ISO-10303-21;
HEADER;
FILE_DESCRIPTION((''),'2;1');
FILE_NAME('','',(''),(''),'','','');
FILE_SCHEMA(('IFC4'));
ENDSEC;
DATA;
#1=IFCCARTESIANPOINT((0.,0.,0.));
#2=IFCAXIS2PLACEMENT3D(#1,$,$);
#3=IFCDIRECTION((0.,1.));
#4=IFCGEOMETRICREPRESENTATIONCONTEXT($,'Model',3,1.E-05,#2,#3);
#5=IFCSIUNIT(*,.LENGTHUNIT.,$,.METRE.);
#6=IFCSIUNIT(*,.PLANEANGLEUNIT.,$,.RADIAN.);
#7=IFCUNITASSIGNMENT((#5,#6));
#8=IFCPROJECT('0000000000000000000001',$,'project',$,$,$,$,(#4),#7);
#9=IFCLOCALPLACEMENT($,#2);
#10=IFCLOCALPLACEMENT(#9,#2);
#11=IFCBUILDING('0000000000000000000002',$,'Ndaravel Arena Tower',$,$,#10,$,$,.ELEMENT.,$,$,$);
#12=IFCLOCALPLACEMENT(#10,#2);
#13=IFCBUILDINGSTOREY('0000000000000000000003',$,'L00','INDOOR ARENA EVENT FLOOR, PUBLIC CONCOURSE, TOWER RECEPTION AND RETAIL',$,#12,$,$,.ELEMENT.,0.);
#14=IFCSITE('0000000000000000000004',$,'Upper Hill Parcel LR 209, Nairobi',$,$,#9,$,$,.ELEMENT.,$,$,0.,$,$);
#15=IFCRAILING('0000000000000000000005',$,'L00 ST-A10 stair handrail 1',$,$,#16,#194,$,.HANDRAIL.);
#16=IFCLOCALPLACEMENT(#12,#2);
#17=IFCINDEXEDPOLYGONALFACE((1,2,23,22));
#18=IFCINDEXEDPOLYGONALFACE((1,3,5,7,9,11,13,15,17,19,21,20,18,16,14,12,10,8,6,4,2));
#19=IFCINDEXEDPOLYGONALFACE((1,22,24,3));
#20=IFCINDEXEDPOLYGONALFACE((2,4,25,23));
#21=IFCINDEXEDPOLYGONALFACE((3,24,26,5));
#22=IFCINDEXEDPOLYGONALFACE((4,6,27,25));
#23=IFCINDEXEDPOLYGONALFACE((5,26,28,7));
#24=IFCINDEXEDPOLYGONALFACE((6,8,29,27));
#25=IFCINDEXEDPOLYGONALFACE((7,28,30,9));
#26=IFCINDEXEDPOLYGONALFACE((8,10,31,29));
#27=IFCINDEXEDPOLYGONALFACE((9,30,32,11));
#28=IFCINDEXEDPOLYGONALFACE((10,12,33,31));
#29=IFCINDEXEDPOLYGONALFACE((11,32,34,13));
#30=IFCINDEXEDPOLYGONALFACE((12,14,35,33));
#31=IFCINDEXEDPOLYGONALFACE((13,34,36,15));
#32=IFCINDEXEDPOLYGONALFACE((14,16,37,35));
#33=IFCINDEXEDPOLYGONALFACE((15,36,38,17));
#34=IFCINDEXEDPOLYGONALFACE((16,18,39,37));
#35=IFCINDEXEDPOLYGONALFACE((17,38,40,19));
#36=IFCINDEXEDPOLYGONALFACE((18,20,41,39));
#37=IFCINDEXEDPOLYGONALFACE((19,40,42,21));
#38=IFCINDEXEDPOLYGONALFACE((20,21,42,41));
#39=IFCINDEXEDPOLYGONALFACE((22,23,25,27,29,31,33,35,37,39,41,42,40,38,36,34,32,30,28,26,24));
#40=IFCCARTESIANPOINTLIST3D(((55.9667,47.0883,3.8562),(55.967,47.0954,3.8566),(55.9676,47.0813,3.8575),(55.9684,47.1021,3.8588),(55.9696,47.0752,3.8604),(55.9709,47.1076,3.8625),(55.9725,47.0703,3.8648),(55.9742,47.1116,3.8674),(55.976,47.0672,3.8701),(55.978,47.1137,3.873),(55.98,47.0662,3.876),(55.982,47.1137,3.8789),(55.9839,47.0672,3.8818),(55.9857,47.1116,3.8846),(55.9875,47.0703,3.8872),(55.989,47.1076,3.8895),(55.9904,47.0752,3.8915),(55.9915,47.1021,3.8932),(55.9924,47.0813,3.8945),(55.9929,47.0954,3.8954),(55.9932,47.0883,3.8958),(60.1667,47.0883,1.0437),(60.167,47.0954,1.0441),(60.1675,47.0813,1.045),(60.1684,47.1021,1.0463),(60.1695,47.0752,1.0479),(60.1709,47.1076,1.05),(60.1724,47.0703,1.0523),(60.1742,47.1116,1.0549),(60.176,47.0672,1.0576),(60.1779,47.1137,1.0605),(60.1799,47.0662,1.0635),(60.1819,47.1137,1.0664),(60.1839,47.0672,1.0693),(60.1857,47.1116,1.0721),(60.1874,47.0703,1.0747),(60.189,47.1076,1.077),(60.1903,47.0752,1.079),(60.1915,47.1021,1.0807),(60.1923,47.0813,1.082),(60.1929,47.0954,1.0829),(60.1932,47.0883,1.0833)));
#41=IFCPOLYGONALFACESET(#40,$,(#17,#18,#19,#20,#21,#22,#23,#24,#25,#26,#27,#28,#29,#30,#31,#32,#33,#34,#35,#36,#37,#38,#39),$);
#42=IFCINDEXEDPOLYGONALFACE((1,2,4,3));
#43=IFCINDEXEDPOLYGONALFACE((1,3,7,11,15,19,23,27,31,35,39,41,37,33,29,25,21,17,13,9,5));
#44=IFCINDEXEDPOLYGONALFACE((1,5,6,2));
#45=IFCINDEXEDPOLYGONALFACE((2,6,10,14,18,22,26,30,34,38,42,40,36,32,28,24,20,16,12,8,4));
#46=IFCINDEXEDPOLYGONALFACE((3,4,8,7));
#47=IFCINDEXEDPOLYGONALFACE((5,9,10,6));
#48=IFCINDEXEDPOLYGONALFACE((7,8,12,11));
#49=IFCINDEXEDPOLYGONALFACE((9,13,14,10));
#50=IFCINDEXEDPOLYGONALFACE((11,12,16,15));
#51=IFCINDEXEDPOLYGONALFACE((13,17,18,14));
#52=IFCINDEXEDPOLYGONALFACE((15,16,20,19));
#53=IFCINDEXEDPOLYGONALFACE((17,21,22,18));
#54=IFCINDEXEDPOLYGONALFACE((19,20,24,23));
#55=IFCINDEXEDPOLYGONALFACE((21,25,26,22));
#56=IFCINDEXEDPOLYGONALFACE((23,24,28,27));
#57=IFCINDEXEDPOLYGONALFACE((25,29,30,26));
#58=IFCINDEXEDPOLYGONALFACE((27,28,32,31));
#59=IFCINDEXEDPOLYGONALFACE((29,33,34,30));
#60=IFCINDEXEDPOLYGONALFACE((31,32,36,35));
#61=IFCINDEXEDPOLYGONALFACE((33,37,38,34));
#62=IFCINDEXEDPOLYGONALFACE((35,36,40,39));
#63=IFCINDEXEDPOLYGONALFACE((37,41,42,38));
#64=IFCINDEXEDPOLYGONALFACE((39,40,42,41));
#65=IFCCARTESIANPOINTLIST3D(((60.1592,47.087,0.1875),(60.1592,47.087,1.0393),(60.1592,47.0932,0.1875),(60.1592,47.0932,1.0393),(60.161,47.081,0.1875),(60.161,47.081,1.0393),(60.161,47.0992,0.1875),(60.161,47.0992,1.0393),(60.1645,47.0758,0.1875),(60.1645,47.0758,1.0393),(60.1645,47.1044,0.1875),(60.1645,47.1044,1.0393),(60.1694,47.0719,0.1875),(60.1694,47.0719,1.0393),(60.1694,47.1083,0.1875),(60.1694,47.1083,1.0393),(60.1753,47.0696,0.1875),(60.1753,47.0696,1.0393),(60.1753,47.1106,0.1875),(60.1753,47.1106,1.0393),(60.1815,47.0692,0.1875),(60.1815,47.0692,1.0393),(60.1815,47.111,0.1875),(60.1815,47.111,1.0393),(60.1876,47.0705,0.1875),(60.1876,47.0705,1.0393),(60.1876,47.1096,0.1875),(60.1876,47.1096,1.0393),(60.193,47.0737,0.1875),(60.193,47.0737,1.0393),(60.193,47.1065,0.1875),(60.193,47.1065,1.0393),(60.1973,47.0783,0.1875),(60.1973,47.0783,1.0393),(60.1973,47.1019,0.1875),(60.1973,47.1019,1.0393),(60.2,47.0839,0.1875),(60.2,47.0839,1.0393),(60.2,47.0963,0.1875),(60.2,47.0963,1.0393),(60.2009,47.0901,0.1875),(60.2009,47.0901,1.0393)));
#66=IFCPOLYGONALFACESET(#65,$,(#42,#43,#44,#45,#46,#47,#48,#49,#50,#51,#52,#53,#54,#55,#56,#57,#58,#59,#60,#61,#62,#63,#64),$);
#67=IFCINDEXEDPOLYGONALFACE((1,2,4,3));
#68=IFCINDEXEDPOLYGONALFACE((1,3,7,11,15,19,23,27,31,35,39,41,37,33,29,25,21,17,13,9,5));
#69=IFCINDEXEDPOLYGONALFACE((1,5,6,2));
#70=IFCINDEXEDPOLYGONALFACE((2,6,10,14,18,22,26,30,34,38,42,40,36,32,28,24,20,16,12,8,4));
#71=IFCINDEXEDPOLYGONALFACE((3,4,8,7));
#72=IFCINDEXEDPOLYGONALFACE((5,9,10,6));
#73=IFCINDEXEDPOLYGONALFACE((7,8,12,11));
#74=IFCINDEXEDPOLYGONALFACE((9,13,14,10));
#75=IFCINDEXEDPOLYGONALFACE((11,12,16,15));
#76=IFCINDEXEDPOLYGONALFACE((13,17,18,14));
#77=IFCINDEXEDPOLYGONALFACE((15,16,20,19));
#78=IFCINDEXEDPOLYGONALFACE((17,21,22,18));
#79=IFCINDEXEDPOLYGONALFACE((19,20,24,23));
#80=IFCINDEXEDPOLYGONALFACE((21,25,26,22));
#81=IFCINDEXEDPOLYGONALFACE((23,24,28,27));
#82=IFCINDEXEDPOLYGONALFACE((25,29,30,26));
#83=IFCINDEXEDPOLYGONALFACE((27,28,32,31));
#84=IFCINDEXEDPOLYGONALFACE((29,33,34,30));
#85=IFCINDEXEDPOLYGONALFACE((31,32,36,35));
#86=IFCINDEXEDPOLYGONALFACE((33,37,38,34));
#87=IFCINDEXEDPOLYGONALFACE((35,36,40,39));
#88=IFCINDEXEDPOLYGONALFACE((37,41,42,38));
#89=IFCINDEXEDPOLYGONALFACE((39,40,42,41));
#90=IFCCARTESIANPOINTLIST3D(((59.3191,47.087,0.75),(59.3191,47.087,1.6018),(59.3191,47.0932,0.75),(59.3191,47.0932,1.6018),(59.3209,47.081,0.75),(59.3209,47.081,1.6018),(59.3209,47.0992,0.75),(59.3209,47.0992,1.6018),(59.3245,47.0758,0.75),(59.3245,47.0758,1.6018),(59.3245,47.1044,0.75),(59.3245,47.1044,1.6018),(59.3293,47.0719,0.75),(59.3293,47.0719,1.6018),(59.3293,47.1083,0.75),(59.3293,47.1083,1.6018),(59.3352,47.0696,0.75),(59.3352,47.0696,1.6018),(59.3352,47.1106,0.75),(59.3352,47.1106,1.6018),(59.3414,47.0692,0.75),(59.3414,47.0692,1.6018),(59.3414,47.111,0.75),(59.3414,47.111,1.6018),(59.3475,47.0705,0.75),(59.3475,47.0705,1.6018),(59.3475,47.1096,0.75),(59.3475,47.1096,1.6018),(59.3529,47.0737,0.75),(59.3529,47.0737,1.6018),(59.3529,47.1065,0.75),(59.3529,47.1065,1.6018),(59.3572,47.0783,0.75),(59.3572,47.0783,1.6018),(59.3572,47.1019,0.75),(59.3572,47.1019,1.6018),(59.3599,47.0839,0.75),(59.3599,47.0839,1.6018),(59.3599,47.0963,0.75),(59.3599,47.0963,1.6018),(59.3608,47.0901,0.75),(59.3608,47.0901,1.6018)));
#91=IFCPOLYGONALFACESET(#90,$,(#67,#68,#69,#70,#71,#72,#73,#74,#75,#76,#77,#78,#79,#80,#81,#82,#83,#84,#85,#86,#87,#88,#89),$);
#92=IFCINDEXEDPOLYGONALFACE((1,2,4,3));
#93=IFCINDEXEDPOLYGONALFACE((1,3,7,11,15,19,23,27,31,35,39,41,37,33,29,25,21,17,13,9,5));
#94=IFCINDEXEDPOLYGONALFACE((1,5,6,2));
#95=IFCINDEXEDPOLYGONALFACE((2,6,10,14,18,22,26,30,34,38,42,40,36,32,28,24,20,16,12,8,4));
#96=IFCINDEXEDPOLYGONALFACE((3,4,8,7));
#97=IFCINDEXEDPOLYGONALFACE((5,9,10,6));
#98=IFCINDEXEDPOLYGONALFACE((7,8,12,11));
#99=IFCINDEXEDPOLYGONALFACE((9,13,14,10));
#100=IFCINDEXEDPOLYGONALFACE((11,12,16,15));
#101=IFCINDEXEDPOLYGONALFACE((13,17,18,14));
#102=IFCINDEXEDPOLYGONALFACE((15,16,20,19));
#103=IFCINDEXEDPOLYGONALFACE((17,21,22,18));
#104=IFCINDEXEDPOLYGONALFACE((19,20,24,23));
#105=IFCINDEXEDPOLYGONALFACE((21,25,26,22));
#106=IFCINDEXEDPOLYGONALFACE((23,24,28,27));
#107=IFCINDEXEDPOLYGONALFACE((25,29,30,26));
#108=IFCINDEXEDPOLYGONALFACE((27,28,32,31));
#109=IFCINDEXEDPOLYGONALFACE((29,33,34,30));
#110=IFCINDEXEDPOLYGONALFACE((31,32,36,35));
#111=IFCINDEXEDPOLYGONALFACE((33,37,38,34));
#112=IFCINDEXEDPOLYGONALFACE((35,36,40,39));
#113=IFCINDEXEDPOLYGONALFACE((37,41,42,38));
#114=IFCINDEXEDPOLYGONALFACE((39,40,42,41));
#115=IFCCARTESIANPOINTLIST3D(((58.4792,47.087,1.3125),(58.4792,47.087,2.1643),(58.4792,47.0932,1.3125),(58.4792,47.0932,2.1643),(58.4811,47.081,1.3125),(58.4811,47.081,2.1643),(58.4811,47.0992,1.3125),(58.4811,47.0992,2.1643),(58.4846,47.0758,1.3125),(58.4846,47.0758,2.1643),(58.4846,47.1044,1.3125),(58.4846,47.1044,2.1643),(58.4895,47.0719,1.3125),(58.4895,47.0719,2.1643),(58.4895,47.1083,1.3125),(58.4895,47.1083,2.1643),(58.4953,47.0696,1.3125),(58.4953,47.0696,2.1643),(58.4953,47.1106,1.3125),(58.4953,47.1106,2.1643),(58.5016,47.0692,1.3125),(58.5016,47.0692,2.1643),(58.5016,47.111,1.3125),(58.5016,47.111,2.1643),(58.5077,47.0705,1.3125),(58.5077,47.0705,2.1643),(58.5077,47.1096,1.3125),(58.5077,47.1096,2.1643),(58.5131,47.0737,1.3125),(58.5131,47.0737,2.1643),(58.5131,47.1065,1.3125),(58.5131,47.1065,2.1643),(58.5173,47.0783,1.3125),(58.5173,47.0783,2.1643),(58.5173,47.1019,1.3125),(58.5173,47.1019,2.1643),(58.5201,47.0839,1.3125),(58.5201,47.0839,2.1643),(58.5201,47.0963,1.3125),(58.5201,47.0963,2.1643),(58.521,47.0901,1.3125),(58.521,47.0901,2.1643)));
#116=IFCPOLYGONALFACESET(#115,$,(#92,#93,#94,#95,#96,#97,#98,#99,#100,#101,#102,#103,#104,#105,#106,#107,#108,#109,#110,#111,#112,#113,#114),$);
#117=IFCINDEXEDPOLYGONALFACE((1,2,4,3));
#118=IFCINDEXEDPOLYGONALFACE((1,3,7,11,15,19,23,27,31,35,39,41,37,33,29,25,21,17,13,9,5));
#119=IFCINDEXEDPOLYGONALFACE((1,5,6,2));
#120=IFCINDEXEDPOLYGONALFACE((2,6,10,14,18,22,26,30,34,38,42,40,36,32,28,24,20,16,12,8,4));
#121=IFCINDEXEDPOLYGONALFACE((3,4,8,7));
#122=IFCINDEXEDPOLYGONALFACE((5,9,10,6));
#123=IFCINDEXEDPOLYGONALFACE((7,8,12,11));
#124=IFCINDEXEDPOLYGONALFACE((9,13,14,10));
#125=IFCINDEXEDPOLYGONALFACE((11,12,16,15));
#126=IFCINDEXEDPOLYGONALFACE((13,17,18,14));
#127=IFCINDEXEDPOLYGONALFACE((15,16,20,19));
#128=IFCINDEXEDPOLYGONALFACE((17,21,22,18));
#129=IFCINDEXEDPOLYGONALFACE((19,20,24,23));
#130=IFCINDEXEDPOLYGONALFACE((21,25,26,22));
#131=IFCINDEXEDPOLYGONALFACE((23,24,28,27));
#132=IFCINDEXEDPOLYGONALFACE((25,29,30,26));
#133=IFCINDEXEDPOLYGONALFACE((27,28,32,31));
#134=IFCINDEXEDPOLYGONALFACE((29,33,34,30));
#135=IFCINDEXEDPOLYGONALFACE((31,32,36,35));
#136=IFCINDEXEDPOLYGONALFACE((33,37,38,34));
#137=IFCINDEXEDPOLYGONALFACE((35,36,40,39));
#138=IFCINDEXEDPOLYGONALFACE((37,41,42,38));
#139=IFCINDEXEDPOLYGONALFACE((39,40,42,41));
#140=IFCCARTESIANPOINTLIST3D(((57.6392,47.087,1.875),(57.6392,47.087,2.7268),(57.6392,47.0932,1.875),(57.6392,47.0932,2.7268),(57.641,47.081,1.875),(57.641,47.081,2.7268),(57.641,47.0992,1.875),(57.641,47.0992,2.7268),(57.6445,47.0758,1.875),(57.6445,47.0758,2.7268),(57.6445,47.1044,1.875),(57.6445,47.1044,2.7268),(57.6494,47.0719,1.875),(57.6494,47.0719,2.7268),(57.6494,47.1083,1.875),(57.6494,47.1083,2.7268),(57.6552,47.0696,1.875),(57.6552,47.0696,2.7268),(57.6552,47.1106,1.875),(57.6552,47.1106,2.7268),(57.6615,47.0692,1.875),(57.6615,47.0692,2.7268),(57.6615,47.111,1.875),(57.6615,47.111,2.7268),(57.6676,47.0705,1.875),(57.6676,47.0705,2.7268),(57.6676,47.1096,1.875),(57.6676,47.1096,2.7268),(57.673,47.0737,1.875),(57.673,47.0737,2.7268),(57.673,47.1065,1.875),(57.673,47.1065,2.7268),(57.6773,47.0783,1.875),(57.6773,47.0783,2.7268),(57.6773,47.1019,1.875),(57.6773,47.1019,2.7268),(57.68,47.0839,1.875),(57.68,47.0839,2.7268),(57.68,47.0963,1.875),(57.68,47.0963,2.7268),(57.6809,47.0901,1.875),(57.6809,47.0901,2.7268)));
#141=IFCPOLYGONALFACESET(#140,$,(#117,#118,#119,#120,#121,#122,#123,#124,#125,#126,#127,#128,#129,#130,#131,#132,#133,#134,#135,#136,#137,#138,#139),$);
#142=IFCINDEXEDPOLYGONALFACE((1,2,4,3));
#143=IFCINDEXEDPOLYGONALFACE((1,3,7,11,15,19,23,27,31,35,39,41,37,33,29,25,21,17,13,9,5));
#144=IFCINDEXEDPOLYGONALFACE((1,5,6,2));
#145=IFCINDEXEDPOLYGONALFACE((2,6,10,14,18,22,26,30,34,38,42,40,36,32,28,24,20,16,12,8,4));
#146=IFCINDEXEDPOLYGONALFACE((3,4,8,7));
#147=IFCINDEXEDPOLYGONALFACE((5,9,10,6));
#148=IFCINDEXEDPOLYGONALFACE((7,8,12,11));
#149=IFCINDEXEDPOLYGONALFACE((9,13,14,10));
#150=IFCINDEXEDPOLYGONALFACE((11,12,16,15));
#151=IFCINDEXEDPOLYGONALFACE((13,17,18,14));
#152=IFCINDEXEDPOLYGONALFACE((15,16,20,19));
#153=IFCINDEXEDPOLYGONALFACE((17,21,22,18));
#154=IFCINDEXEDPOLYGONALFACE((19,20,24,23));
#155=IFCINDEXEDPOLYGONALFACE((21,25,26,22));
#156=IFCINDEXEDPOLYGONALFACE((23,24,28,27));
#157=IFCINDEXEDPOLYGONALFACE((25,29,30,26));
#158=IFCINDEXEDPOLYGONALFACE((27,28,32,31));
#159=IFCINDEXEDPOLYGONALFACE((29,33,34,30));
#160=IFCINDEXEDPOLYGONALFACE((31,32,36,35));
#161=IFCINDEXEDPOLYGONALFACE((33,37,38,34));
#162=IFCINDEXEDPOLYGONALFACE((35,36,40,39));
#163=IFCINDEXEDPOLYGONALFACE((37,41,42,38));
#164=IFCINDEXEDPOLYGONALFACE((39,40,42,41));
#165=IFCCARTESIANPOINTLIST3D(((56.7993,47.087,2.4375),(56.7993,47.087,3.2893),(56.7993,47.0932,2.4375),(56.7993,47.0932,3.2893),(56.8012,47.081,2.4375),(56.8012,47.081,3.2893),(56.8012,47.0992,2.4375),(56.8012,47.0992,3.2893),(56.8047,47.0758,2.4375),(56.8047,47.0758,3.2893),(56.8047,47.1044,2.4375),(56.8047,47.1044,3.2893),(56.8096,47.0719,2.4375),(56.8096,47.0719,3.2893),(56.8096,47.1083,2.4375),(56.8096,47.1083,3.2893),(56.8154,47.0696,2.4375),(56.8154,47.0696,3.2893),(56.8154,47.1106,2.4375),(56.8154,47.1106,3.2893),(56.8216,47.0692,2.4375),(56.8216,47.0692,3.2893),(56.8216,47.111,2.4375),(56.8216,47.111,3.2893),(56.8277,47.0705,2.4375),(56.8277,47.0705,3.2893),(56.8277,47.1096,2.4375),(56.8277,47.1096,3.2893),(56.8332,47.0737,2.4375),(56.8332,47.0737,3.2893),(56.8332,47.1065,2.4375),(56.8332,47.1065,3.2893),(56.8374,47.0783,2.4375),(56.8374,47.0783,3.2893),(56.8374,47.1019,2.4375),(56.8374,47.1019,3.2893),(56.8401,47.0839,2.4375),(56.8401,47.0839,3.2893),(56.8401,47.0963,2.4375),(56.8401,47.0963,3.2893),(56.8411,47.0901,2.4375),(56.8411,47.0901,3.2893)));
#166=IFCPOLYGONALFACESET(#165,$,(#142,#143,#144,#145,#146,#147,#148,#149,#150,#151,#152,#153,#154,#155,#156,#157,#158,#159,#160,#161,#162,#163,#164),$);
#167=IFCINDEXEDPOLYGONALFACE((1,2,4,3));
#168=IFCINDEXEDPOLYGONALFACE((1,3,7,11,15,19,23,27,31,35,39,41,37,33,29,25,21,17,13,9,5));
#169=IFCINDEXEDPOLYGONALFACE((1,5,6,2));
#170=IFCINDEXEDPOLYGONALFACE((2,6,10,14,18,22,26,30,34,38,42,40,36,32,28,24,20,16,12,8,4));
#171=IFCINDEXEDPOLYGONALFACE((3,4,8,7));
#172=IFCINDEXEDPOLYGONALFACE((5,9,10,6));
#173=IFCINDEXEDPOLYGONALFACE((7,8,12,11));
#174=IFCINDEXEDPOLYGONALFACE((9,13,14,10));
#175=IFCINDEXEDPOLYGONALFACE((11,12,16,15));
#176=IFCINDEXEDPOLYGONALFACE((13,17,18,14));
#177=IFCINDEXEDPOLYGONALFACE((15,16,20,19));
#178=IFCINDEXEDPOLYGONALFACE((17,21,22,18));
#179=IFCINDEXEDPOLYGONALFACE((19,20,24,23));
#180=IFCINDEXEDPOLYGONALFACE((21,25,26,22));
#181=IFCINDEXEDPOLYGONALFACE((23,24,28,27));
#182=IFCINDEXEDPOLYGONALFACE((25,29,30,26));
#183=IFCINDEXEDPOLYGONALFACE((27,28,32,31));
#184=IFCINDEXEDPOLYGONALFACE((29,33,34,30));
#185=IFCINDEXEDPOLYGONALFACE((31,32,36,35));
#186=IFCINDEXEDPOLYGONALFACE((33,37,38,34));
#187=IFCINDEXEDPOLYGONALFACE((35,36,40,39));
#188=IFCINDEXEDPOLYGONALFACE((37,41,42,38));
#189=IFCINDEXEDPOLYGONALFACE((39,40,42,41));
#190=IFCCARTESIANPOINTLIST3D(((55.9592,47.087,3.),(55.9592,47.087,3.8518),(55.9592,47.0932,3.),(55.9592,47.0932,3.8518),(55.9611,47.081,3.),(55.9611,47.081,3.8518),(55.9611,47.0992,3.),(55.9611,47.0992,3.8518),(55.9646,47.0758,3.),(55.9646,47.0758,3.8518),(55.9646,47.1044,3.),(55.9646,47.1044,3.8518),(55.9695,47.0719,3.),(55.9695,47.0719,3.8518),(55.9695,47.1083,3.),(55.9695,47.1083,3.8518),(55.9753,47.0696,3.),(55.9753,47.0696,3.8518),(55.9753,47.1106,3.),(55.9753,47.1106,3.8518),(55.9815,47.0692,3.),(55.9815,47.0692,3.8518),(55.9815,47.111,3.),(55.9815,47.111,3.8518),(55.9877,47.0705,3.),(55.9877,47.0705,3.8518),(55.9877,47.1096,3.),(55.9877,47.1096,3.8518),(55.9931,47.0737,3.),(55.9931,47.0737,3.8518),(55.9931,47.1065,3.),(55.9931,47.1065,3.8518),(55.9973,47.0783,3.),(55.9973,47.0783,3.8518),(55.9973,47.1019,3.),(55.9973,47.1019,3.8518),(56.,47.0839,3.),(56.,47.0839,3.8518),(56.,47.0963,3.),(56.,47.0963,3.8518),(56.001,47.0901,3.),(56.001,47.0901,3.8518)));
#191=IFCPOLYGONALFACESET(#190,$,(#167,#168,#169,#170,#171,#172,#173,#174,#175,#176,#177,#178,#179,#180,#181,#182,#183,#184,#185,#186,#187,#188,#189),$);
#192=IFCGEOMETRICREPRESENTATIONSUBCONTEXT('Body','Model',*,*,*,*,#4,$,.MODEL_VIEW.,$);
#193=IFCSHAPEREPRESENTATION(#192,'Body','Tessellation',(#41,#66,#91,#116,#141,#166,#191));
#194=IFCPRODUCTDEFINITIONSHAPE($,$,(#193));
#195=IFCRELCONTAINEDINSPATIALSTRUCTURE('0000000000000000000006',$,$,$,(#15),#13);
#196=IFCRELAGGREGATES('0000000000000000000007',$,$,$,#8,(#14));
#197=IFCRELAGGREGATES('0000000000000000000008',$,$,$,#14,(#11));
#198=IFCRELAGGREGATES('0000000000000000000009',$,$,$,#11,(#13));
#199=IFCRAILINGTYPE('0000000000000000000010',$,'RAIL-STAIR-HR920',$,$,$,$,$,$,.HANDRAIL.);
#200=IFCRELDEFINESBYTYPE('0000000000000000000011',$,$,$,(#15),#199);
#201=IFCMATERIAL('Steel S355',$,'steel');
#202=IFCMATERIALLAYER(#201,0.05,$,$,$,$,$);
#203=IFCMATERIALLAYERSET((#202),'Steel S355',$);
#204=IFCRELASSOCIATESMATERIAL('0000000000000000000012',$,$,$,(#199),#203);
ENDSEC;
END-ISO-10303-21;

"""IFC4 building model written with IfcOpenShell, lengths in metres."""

from ifc_helpers import new_model, si_unit, direction, frame, origin, origin_2d, place, context, subcontext, project, spatial, circle, extrude, material, layer, layer_set, type_object, element, save


model = new_model("IFC4")

# Units and contexts
model_context = context("Model", 3, precision=1e-05, world=origin(), true_north=direction((0.0, 1.0)))
body_context = subcontext(model_context, "Body", "Model", "MODEL_VIEW")
ifc_project = project(units=[si_unit("LENGTHUNIT", "METRE"), si_unit("PLANEANGLEUNIT", "RADIAN")], contexts=[model_context])

# Site, building, storey
site_placement = place(None, origin())
site = spatial("IfcSite", under=ifc_project, at=site_placement, Name="Upper Hill Parcel LR 209, Nairobi", CompositionType="ELEMENT", RefElevation=0.0)
building_placement = place(site_placement, origin())
building = spatial("IfcBuilding", under=site, at=building_placement, Name="Ndaravel Arena Tower", CompositionType="ELEMENT")
storey_placement = place(building_placement, origin())
storey = spatial("IfcBuildingStorey", under=building, at=storey_placement, Name="L00", Description="INDOOR ARENA EVENT FLOOR, PUBLIC CONCOURSE, TOWER RECEPTION AND RETAIL", CompositionType="ELEMENT", Elevation=0.0)

# Railing
ifc_material_1 = material(Name="Steel S355", Category="steel")
ifc_layer_1 = layer(ifc_material_1, 0.05)
ifc_layer_set_1 = layer_set([ifc_layer_1], Name="Steel S355")
railing_type_1 = type_object("IfcRailingType", Name="RAIL-STAIR-HR920", PredefinedType="HANDRAIL", material=ifc_layer_set_1)
railing_1_placement = place(storey_placement, frame((60.1799, 47.0901, 0.1875)))
element("IfcRailing", 1, at=railing_1_placement, inside=storey, type_object=railing_type_1, Name="L00 ST-A10 stair handrail 1", PredefinedType="HANDRAIL", context=body_context, shape_type="SweptSolid", body=[
    extrude(circle(Radius=0.0239, at=origin_2d()), frame((0.0, 0.0, 0.876), z_axis=(-0.830904, 0.0, 0.556416), x_axis=(0.0, -1.0, 0.0)), (0.0, 0.0, 1.0), 5.0547),
    extrude(circle(Radius=0.021, at=origin_2d()), origin(), (0.0, 0.0, 1.0), 0.8518),
    extrude(circle(Radius=0.021, at=origin_2d()), frame((-0.8401, 0.0, 0.5625)), (0.0, 0.0, 1.0), 0.8518),
    extrude(circle(Radius=0.021, at=origin_2d()), frame((-1.6799, 0.0, 1.125)), (0.0, 0.0, 1.0), 0.8518),
    extrude(circle(Radius=0.021, at=origin_2d()), frame((-2.52, 0.0, 1.6875)), (0.0, 0.0, 1.0), 0.8518),
    extrude(circle(Radius=0.021, at=origin_2d()), frame((-3.3599, 0.0, 2.25)), (0.0, 0.0, 1.0), 0.8518),
    extrude(circle(Radius=0.021, at=origin_2d()), frame((-4.2, 0.0, 2.8125)), (0.0, 0.0, 1.0), 0.8518),
])

save(model, "model.ifc")
